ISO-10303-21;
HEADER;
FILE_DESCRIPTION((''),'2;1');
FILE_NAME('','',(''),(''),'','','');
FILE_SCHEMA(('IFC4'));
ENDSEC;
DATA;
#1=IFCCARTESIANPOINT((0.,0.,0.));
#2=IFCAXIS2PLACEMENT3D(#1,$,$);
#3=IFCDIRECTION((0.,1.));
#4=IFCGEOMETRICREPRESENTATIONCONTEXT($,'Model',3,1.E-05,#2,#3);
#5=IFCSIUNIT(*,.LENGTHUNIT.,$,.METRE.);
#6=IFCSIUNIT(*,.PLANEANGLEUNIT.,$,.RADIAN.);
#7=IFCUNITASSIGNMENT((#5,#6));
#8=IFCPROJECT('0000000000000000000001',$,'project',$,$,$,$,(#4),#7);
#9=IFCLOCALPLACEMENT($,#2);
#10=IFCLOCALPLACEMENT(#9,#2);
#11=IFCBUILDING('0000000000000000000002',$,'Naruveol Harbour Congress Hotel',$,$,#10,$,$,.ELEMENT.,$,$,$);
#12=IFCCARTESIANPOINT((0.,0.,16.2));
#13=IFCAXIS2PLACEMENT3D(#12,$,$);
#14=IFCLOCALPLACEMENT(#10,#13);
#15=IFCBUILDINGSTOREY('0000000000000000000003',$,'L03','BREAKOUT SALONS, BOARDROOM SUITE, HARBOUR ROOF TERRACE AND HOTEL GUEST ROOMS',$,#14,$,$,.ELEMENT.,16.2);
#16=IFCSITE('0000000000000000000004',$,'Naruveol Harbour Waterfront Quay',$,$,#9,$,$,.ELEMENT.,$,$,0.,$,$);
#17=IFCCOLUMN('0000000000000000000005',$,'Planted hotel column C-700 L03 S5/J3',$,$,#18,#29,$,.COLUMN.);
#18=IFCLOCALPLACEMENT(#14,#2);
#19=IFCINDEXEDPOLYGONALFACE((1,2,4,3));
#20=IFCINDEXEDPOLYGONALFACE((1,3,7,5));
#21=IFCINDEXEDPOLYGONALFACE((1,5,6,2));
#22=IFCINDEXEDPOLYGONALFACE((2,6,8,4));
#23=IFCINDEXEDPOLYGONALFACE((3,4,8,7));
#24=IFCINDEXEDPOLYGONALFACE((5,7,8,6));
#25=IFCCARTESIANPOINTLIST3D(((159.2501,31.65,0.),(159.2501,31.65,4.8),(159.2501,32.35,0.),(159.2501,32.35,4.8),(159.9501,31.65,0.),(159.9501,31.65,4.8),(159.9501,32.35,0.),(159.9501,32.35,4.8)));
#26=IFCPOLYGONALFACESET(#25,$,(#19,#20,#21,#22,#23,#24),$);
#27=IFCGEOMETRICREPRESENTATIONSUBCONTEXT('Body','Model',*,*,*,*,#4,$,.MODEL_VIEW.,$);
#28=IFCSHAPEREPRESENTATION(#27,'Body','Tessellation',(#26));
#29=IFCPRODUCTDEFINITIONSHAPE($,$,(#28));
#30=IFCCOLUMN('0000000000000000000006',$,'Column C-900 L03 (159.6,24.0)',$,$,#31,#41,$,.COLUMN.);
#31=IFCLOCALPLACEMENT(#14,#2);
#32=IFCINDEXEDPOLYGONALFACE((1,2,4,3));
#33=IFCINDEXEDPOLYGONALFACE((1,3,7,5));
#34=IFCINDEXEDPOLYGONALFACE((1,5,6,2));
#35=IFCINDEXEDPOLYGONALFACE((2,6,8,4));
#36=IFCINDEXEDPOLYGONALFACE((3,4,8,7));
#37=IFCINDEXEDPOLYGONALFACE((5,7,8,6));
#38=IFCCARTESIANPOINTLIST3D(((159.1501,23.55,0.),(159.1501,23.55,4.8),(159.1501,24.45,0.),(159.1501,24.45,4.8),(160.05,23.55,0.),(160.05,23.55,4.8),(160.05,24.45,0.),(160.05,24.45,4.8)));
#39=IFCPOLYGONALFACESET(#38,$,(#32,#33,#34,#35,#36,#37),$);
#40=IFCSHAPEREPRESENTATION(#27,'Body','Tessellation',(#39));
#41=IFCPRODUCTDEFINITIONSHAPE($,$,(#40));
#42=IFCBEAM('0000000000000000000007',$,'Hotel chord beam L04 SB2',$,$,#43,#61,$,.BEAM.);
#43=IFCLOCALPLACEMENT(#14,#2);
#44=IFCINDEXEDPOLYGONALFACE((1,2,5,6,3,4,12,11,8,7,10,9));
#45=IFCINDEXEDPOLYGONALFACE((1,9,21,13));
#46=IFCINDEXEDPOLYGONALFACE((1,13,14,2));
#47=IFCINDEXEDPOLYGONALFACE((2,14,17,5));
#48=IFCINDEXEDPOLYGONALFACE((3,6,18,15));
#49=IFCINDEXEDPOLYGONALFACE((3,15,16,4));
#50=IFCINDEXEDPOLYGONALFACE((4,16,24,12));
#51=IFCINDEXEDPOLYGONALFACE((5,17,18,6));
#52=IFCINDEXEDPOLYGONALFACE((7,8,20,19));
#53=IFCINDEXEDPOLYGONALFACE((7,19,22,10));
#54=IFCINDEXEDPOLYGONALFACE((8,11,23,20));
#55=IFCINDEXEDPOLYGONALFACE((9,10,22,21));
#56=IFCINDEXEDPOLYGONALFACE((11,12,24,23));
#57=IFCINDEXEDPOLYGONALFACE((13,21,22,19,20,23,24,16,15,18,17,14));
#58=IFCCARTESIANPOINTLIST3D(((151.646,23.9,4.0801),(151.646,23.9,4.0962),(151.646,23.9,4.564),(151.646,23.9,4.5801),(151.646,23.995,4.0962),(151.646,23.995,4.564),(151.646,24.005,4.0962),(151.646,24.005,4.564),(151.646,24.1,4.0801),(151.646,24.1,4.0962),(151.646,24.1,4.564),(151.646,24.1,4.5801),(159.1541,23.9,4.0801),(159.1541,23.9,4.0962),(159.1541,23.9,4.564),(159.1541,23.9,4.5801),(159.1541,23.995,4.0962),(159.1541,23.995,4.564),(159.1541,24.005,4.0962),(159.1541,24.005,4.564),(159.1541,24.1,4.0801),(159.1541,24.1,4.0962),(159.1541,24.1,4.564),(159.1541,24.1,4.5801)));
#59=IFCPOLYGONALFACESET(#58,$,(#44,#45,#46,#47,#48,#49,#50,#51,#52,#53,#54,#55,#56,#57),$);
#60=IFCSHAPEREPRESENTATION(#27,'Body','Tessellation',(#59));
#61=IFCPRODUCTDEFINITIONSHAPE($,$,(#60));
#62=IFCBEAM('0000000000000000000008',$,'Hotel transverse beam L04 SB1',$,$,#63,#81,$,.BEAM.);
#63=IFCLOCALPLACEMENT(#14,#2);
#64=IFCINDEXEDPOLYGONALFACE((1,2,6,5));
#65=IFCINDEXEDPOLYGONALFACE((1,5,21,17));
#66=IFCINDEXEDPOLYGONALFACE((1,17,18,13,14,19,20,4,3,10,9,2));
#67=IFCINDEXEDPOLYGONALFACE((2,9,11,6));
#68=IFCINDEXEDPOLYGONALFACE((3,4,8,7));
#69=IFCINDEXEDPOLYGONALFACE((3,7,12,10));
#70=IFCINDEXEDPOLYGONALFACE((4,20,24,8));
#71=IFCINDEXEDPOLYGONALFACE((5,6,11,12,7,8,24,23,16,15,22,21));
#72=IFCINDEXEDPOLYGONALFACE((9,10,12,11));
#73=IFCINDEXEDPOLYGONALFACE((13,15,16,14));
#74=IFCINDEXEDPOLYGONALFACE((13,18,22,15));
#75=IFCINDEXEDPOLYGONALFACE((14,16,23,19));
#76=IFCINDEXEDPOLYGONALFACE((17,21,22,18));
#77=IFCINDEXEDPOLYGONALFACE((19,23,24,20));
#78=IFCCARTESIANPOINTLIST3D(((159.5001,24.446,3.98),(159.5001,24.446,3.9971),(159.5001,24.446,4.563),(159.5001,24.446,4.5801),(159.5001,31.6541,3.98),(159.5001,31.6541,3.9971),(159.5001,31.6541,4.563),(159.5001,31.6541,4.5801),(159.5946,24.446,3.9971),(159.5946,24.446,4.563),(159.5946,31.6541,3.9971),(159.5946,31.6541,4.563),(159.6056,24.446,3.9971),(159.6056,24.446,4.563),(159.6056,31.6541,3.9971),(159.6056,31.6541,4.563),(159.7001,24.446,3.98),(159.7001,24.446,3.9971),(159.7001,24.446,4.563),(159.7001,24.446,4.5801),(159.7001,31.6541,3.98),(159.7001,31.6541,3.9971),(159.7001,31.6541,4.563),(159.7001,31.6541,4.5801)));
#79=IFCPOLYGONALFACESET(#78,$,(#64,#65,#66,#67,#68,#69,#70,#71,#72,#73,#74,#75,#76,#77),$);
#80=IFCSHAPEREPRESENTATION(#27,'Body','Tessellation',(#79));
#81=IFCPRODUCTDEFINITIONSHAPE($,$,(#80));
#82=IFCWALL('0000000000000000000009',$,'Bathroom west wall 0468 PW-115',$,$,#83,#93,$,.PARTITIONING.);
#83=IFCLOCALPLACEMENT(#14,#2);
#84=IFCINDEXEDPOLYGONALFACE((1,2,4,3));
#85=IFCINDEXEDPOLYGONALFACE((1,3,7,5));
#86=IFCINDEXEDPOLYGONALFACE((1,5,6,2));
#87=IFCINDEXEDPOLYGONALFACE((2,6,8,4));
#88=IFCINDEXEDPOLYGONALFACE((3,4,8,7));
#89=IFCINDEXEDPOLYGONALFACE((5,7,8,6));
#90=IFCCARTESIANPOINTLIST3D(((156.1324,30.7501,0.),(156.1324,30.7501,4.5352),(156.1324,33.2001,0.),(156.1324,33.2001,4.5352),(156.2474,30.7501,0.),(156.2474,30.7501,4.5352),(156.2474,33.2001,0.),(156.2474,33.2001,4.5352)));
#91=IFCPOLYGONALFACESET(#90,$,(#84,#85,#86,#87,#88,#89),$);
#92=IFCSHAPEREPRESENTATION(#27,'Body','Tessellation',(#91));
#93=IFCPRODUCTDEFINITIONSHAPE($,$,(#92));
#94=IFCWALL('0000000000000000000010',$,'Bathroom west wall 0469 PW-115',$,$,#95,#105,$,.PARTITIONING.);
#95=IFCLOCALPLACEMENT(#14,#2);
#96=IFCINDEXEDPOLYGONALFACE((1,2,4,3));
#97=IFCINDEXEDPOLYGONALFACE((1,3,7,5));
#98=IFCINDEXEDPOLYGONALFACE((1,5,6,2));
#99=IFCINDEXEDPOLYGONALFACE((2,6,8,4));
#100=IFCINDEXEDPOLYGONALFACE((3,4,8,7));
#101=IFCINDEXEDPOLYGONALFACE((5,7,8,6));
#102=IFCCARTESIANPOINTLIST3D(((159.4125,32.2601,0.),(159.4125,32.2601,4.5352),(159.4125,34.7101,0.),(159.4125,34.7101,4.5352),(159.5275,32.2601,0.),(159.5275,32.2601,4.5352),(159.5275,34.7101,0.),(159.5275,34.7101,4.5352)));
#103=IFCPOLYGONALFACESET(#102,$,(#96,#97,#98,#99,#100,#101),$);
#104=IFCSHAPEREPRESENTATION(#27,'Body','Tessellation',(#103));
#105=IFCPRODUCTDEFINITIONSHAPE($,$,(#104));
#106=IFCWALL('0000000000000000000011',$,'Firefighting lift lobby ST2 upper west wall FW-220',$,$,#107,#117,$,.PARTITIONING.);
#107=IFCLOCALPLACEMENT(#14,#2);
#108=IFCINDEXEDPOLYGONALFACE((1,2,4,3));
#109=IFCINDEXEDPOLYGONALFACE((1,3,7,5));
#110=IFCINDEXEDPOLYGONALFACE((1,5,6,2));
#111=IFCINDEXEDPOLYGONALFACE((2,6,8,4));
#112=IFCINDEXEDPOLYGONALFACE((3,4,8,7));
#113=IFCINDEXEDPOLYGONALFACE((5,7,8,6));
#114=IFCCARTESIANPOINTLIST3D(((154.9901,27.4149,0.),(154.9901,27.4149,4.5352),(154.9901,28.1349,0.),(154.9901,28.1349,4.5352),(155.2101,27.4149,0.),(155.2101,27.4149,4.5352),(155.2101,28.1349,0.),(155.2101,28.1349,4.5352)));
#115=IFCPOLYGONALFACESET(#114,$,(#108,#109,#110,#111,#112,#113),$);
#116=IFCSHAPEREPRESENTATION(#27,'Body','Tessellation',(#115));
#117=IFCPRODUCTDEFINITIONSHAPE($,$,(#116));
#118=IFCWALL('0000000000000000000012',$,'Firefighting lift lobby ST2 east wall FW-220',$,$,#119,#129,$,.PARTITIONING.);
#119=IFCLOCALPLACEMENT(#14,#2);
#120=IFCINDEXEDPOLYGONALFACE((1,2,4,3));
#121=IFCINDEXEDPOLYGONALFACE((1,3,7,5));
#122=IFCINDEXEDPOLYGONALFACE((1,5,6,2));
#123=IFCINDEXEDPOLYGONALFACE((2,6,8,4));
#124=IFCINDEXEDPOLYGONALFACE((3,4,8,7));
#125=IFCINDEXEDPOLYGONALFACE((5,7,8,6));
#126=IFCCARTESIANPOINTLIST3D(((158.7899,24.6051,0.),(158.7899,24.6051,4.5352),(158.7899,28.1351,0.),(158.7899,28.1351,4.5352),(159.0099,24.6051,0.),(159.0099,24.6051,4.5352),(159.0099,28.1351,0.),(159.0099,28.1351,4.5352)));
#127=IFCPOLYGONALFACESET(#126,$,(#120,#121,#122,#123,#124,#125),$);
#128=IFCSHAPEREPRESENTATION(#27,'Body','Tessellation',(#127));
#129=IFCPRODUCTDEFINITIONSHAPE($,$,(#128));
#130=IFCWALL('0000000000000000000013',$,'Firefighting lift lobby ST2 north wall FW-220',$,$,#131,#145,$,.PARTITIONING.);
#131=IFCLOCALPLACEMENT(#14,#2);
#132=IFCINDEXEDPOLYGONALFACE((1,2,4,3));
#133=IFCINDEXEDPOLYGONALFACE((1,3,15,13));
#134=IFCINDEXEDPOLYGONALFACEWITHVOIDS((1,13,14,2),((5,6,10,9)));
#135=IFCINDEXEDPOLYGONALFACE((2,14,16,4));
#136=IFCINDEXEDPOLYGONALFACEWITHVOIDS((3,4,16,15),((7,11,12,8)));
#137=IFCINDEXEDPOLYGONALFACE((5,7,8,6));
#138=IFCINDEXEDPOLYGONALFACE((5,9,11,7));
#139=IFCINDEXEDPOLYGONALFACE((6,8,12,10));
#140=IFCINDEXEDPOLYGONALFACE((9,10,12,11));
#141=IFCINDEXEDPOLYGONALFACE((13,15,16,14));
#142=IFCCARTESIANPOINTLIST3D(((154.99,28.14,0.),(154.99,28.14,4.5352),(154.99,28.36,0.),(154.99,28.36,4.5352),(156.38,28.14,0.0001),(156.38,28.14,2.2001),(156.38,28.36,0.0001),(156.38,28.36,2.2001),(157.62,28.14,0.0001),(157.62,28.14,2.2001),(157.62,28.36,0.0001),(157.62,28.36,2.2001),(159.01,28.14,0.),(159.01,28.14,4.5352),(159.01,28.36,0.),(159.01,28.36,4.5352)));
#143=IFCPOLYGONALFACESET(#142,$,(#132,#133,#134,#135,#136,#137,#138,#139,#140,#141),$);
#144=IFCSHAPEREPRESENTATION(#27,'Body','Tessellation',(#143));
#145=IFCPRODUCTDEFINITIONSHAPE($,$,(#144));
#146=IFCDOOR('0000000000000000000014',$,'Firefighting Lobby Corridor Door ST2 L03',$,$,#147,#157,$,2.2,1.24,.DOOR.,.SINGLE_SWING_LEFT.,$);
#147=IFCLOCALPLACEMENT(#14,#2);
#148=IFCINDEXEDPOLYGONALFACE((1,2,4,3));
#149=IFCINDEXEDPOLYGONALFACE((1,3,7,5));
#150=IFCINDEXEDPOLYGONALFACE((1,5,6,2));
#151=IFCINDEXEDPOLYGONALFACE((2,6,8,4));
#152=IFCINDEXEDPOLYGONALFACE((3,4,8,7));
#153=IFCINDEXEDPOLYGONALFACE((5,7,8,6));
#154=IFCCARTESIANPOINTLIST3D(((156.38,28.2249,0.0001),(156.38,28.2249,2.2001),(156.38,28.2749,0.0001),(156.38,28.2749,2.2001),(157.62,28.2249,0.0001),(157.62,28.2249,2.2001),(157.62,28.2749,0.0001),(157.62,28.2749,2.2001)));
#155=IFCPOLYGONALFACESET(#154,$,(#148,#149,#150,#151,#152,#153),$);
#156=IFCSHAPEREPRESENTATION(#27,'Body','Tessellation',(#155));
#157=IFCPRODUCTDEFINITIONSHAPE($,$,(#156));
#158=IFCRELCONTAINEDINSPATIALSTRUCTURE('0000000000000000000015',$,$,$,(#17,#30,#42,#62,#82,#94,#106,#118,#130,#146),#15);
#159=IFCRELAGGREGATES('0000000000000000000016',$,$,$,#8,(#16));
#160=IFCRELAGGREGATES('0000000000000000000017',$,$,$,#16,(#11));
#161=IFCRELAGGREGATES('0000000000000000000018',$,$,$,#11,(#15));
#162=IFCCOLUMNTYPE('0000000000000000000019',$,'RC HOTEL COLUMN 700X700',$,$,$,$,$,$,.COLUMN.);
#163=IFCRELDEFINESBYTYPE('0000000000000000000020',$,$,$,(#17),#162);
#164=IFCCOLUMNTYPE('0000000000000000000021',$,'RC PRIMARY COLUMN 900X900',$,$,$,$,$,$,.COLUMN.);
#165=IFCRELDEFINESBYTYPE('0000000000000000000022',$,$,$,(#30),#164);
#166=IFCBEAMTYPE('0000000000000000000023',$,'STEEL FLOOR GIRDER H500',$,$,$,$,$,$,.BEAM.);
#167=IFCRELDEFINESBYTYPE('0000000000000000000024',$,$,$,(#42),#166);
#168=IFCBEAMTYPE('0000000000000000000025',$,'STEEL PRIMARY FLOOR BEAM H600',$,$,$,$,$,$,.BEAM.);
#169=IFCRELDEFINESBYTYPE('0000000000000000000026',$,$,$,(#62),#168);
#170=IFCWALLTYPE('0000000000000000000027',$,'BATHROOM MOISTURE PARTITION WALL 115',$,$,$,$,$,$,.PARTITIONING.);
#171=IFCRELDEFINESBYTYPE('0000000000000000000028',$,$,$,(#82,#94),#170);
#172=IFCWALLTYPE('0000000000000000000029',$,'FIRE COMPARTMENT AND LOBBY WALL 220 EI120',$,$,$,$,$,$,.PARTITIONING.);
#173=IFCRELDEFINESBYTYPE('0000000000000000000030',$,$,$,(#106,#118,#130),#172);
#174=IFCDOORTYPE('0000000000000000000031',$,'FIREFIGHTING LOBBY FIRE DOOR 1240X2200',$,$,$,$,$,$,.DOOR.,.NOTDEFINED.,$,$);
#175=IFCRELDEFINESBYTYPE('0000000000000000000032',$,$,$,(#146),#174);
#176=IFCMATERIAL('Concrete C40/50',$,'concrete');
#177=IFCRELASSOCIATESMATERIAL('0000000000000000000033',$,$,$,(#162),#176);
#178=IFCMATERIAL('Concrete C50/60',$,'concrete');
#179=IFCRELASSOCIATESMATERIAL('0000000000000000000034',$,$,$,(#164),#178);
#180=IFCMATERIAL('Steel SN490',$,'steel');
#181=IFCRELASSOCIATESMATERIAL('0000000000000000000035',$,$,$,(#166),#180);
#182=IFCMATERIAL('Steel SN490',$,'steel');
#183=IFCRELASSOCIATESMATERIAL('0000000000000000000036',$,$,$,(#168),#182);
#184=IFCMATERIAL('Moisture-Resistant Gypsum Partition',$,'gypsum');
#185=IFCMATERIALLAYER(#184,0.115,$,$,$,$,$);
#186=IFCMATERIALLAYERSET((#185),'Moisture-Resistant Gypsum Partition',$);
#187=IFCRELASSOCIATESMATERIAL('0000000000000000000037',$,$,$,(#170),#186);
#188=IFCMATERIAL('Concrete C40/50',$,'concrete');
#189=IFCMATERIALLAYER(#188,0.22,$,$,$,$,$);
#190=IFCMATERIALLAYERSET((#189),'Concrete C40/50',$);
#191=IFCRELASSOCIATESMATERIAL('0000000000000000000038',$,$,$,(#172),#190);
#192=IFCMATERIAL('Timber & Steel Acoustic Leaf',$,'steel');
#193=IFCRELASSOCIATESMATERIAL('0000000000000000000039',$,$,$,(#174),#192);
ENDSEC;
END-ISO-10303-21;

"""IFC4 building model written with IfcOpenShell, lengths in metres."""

from ifc_helpers import new_model, si_unit, direction, frame, frame_2d, origin, origin_2d, place, context, subcontext, project, spatial, rectangle, i_section, extrude, material, layer, layer_set, material_profile, profile_set, type_object, element, fill, save


model = new_model("IFC4")

# Units and contexts
model_context = context("Model", 3, precision=1e-05, world=origin(), true_north=direction((0.0, 1.0)))
body_context = subcontext(model_context, "Body", "Model", "MODEL_VIEW")
ifc_project = project(units=[si_unit("LENGTHUNIT", "METRE"), si_unit("PLANEANGLEUNIT", "RADIAN")], contexts=[model_context])

# Site, building, storey
site_placement = place(None, origin())
site = spatial("IfcSite", under=ifc_project, at=site_placement, Name="Naruveol Harbour Waterfront Quay", CompositionType="ELEMENT", RefElevation=0.0)
building_placement = place(site_placement, origin())
building = spatial("IfcBuilding", under=site, at=building_placement, Name="Naruveol Harbour Congress Hotel", CompositionType="ELEMENT")
storey_placement = place(building_placement, frame((0.0, 0.0, 16.2)))
storey = spatial("IfcBuildingStorey", under=building, at=storey_placement, Name="L03", Description="BREAKOUT SALONS, BOARDROOM SUITE, HARBOUR ROOF TERRACE AND HOTEL GUEST ROOMS", CompositionType="ELEMENT", Elevation=16.2)

# Columns
ifc_material_1 = material(Name="Concrete C40/50", Category="concrete")
ifc_material_profile_1 = material_profile(ifc_material_1, rectangle(XDim=0.7, YDim=0.7, at=origin_2d()), Name="RC-700x700")
ifc_profile_set_1 = profile_set([ifc_material_profile_1], Name="Concrete C40/50")
column_type_1 = type_object("IfcColumnType", Name="RC HOTEL COLUMN 700X700", PredefinedType="COLUMN", material=ifc_profile_set_1)
column_1_placement = place(storey_placement, frame((159.6001, 32.0, 0.0), z_axis=(0.0, 0.0, 1.0), x_axis=(1.0, 0.0, 0.0)))
element("IfcColumn", 1, at=column_1_placement, inside=storey, type_object=column_type_1, Name="Planted hotel column C-700 L03 S5/J3", PredefinedType="COLUMN", context=body_context, shape_type="SweptSolid", body=[
    extrude(rectangle(XDim=0.7, YDim=0.7, at=origin_2d()), origin(), (0.0, 0.0, 1.0), 4.8),
])
ifc_material_2 = material(Name="Concrete C50/60", Category="concrete")
ifc_material_profile_2 = material_profile(ifc_material_2, rectangle(XDim=0.8999, YDim=0.8999, at=origin_2d()), Name="RC-900x900")
ifc_profile_set_2 = profile_set([ifc_material_profile_2], Name="Concrete C50/60")
column_type_2 = type_object("IfcColumnType", Name="RC PRIMARY COLUMN 900X900", PredefinedType="COLUMN", material=ifc_profile_set_2)
column_2_placement = place(storey_placement, frame((159.6001, 24.0, 0.0), z_axis=(0.0, 0.0, 1.0), x_axis=(1.0, 0.0, 0.0)))
element("IfcColumn", 2, at=column_2_placement, inside=storey, type_object=column_type_2, Name="Column C-900 L03 (159.6,24.0)", PredefinedType="COLUMN", context=body_context, shape_type="SweptSolid", body=[
    extrude(rectangle(XDim=0.8999, YDim=0.8999, at=origin_2d()), origin(), (0.0, 0.0, 1.0), 4.8),
])

# Beams
ifc_material_3 = material(Name="Steel SN490", Category="steel")
ifc_material_profile_3 = material_profile(ifc_material_3, i_section(OverallWidth=0.2, OverallDepth=0.5, WebThickness=0.01, FlangeThickness=0.0161, at=origin_2d()), Name="H-500x200x10x16")
ifc_profile_set_3 = profile_set([ifc_material_profile_3], Name="Steel SN490")
beam_type_1 = type_object("IfcBeamType", Name="STEEL FLOOR GIRDER H500", PredefinedType="BEAM", material=ifc_profile_set_3)
beam_1_placement = place(storey_placement, frame((151.646, 24.0, 4.3301), z_axis=(1.0, 0.0, 0.0), x_axis=(0.0, 1.0, 0.0)))
element("IfcBeam", 3, at=beam_1_placement, inside=storey, type_object=beam_type_1, Name="Hotel chord beam L04 SB2", PredefinedType="BEAM", context=body_context, shape_type="SweptSolid", body=[
    extrude(i_section(OverallWidth=0.2, OverallDepth=0.5, WebThickness=0.01, FlangeThickness=0.0161, at=origin_2d()), origin(), (0.0, 0.0, 1.0), 7.5081),
])
ifc_material_4 = material(Name="Steel SN490", Category="steel")
ifc_material_profile_4 = material_profile(ifc_material_4, i_section(OverallWidth=0.2, OverallDepth=0.6001, WebThickness=0.011, FlangeThickness=0.0171, at=origin_2d()), Name="H-600x200x11x17")
ifc_profile_set_4 = profile_set([ifc_material_profile_4], Name="Steel SN490")
beam_type_2 = type_object("IfcBeamType", Name="STEEL PRIMARY FLOOR BEAM H600", PredefinedType="BEAM", material=ifc_profile_set_4)
beam_2_placement = place(storey_placement, frame((159.6001, 24.446, 4.28), z_axis=(0.0, 1.0, 0.0), x_axis=(-1.0, 0.0, 0.0)))
element("IfcBeam", 4, at=beam_2_placement, inside=storey, type_object=beam_type_2, Name="Hotel transverse beam L04 SB1", PredefinedType="BEAM", context=body_context, shape_type="SweptSolid", body=[
    extrude(i_section(OverallWidth=0.2, OverallDepth=0.6001, WebThickness=0.011, FlangeThickness=0.0171, at=origin_2d()), origin(), (0.0, 0.0, 1.0), 7.208),
])

# Walls
ifc_material_5 = material(Name="Moisture-Resistant Gypsum Partition", Category="gypsum")
ifc_layer_1 = layer(ifc_material_5, 0.115)
ifc_layer_set_1 = layer_set([ifc_layer_1], Name="Moisture-Resistant Gypsum Partition")
wall_type_1 = type_object("IfcWallType", Name="BATHROOM MOISTURE PARTITION WALL 115", PredefinedType="PARTITIONING", material=ifc_layer_set_1)
for number, where, z_axis, x_axis, name in (
    (5, (156.1899, 30.75, 0.0), (0.0, 0.0, 1.0), (0.0, 1.0, 0.0), "Bathroom west wall 0468 PW-115"),
    (6, (159.47, 32.26, 0.0), (0.0, 0.0, 1.0), (0.0, 1.0, 0.0), "Bathroom west wall 0469 PW-115"),
):
    element("IfcWall", number, at=place(storey_placement, frame(where, z_axis=z_axis, x_axis=x_axis)), inside=storey, type_object=wall_type_1, Name=name, PredefinedType="PARTITIONING", context=body_context, shape_type="SweptSolid", body=[
        extrude(rectangle(XDim=2.45, YDim=0.115, at=frame_2d((1.2251, 0.0))), origin(), (0.0, 0.0, 1.0), 4.5352),
    ])
ifc_material_6 = material(Name="Concrete C40/50", Category="concrete")
ifc_layer_2 = layer(ifc_material_6, 0.22)
ifc_layer_set_2 = layer_set([ifc_layer_2], Name="Concrete C40/50")
wall_type_2 = type_object("IfcWallType", Name="FIRE COMPARTMENT AND LOBBY WALL 220 EI120", PredefinedType="PARTITIONING", material=ifc_layer_set_2)
wall_1_placement = place(storey_placement, frame((155.1001, 27.415, 0.0), z_axis=(0.0, 0.0, 1.0), x_axis=(0.0, 1.0, 0.0)))
element("IfcWall", 7, at=wall_1_placement, inside=storey, type_object=wall_type_2, Name="Firefighting lift lobby ST2 upper west wall FW-220", PredefinedType="PARTITIONING", context=body_context, shape_type="SweptSolid", body=[
    extrude(rectangle(XDim=0.72, YDim=0.22, at=frame_2d((0.3599, 0.0))), origin(), (0.0, 0.0, 1.0), 4.5352),
])
wall_2_placement = place(storey_placement, frame((158.8999, 24.605, 0.0), z_axis=(0.0, 0.0, 1.0), x_axis=(0.0, 1.0, 0.0)))
element("IfcWall", 8, at=wall_2_placement, inside=storey, type_object=wall_type_2, Name="Firefighting lift lobby ST2 east wall FW-220", PredefinedType="PARTITIONING", context=body_context, shape_type="SweptSolid", body=[
    extrude(rectangle(XDim=3.53, YDim=0.22, at=frame_2d((1.7651, 0.0))), origin(), (0.0, 0.0, 1.0), 4.5352),
])

# Wall, opening, door
wall_3_placement = place(storey_placement, frame((154.99, 28.25, 0.0), z_axis=(0.0, 0.0, 1.0), x_axis=(1.0, 0.0, 0.0)))
wall_3 = element("IfcWall", 9, at=wall_3_placement, inside=storey, type_object=wall_type_2, Name="Firefighting lift lobby ST2 north wall FW-220", PredefinedType="PARTITIONING", context=body_context, shape_type="SweptSolid", body=[
    extrude(rectangle(XDim=4.02, YDim=0.22, at=frame_2d((2.01, 0.0))), origin(), (0.0, 0.0, 1.0), 4.5352),
])
opening_1_placement = place(wall_3_placement, frame((1.3899, 0.0, 0.0)))
opening_1 = element("IfcOpeningElement", 10, at=opening_1_placement, cuts=wall_3, PredefinedType="OPENING", context=body_context, shape_type="SweptSolid", body=[
    extrude(rectangle(XDim=1.24, YDim=2.2, at=frame_2d((0.6201, 1.1001))), frame((0.0, 0.1199, 0.0), z_axis=(0.0, -1.0, 0.0), x_axis=(1.0, 0.0, 0.0)), (0.0, 0.0, 1.0), 0.24),
])
ifc_material_7 = material(Name="Timber & Steel Acoustic Leaf", Category="steel")
door_type_1 = type_object("IfcDoorType", Name="FIREFIGHTING LOBBY FIRE DOOR 1240X2200", OperationType="NOTDEFINED", PredefinedType="DOOR", material=ifc_material_7)
door_1_placement = place(opening_1_placement, origin())
door_1 = element("IfcDoor", 11, at=door_1_placement, inside=storey, type_object=door_type_1, Name="Firefighting Lobby Corridor Door ST2 L03", OperationType="SINGLE_SWING_LEFT", OverallHeight=2.2, OverallWidth=1.24, PredefinedType="DOOR", context=body_context, shape_type="SweptSolid", body=[
    extrude(rectangle(XDim=1.24, YDim=2.2, at=frame_2d((0.6201, 1.1001))), frame((0.0, 0.0249, 0.0), z_axis=(0.0, -1.0, 0.0), x_axis=(1.0, 0.0, 0.0)), (0.0, 0.0, 1.0), 0.05),
])
fill(opening_1, door_1)

save(model, "model.ifc")
